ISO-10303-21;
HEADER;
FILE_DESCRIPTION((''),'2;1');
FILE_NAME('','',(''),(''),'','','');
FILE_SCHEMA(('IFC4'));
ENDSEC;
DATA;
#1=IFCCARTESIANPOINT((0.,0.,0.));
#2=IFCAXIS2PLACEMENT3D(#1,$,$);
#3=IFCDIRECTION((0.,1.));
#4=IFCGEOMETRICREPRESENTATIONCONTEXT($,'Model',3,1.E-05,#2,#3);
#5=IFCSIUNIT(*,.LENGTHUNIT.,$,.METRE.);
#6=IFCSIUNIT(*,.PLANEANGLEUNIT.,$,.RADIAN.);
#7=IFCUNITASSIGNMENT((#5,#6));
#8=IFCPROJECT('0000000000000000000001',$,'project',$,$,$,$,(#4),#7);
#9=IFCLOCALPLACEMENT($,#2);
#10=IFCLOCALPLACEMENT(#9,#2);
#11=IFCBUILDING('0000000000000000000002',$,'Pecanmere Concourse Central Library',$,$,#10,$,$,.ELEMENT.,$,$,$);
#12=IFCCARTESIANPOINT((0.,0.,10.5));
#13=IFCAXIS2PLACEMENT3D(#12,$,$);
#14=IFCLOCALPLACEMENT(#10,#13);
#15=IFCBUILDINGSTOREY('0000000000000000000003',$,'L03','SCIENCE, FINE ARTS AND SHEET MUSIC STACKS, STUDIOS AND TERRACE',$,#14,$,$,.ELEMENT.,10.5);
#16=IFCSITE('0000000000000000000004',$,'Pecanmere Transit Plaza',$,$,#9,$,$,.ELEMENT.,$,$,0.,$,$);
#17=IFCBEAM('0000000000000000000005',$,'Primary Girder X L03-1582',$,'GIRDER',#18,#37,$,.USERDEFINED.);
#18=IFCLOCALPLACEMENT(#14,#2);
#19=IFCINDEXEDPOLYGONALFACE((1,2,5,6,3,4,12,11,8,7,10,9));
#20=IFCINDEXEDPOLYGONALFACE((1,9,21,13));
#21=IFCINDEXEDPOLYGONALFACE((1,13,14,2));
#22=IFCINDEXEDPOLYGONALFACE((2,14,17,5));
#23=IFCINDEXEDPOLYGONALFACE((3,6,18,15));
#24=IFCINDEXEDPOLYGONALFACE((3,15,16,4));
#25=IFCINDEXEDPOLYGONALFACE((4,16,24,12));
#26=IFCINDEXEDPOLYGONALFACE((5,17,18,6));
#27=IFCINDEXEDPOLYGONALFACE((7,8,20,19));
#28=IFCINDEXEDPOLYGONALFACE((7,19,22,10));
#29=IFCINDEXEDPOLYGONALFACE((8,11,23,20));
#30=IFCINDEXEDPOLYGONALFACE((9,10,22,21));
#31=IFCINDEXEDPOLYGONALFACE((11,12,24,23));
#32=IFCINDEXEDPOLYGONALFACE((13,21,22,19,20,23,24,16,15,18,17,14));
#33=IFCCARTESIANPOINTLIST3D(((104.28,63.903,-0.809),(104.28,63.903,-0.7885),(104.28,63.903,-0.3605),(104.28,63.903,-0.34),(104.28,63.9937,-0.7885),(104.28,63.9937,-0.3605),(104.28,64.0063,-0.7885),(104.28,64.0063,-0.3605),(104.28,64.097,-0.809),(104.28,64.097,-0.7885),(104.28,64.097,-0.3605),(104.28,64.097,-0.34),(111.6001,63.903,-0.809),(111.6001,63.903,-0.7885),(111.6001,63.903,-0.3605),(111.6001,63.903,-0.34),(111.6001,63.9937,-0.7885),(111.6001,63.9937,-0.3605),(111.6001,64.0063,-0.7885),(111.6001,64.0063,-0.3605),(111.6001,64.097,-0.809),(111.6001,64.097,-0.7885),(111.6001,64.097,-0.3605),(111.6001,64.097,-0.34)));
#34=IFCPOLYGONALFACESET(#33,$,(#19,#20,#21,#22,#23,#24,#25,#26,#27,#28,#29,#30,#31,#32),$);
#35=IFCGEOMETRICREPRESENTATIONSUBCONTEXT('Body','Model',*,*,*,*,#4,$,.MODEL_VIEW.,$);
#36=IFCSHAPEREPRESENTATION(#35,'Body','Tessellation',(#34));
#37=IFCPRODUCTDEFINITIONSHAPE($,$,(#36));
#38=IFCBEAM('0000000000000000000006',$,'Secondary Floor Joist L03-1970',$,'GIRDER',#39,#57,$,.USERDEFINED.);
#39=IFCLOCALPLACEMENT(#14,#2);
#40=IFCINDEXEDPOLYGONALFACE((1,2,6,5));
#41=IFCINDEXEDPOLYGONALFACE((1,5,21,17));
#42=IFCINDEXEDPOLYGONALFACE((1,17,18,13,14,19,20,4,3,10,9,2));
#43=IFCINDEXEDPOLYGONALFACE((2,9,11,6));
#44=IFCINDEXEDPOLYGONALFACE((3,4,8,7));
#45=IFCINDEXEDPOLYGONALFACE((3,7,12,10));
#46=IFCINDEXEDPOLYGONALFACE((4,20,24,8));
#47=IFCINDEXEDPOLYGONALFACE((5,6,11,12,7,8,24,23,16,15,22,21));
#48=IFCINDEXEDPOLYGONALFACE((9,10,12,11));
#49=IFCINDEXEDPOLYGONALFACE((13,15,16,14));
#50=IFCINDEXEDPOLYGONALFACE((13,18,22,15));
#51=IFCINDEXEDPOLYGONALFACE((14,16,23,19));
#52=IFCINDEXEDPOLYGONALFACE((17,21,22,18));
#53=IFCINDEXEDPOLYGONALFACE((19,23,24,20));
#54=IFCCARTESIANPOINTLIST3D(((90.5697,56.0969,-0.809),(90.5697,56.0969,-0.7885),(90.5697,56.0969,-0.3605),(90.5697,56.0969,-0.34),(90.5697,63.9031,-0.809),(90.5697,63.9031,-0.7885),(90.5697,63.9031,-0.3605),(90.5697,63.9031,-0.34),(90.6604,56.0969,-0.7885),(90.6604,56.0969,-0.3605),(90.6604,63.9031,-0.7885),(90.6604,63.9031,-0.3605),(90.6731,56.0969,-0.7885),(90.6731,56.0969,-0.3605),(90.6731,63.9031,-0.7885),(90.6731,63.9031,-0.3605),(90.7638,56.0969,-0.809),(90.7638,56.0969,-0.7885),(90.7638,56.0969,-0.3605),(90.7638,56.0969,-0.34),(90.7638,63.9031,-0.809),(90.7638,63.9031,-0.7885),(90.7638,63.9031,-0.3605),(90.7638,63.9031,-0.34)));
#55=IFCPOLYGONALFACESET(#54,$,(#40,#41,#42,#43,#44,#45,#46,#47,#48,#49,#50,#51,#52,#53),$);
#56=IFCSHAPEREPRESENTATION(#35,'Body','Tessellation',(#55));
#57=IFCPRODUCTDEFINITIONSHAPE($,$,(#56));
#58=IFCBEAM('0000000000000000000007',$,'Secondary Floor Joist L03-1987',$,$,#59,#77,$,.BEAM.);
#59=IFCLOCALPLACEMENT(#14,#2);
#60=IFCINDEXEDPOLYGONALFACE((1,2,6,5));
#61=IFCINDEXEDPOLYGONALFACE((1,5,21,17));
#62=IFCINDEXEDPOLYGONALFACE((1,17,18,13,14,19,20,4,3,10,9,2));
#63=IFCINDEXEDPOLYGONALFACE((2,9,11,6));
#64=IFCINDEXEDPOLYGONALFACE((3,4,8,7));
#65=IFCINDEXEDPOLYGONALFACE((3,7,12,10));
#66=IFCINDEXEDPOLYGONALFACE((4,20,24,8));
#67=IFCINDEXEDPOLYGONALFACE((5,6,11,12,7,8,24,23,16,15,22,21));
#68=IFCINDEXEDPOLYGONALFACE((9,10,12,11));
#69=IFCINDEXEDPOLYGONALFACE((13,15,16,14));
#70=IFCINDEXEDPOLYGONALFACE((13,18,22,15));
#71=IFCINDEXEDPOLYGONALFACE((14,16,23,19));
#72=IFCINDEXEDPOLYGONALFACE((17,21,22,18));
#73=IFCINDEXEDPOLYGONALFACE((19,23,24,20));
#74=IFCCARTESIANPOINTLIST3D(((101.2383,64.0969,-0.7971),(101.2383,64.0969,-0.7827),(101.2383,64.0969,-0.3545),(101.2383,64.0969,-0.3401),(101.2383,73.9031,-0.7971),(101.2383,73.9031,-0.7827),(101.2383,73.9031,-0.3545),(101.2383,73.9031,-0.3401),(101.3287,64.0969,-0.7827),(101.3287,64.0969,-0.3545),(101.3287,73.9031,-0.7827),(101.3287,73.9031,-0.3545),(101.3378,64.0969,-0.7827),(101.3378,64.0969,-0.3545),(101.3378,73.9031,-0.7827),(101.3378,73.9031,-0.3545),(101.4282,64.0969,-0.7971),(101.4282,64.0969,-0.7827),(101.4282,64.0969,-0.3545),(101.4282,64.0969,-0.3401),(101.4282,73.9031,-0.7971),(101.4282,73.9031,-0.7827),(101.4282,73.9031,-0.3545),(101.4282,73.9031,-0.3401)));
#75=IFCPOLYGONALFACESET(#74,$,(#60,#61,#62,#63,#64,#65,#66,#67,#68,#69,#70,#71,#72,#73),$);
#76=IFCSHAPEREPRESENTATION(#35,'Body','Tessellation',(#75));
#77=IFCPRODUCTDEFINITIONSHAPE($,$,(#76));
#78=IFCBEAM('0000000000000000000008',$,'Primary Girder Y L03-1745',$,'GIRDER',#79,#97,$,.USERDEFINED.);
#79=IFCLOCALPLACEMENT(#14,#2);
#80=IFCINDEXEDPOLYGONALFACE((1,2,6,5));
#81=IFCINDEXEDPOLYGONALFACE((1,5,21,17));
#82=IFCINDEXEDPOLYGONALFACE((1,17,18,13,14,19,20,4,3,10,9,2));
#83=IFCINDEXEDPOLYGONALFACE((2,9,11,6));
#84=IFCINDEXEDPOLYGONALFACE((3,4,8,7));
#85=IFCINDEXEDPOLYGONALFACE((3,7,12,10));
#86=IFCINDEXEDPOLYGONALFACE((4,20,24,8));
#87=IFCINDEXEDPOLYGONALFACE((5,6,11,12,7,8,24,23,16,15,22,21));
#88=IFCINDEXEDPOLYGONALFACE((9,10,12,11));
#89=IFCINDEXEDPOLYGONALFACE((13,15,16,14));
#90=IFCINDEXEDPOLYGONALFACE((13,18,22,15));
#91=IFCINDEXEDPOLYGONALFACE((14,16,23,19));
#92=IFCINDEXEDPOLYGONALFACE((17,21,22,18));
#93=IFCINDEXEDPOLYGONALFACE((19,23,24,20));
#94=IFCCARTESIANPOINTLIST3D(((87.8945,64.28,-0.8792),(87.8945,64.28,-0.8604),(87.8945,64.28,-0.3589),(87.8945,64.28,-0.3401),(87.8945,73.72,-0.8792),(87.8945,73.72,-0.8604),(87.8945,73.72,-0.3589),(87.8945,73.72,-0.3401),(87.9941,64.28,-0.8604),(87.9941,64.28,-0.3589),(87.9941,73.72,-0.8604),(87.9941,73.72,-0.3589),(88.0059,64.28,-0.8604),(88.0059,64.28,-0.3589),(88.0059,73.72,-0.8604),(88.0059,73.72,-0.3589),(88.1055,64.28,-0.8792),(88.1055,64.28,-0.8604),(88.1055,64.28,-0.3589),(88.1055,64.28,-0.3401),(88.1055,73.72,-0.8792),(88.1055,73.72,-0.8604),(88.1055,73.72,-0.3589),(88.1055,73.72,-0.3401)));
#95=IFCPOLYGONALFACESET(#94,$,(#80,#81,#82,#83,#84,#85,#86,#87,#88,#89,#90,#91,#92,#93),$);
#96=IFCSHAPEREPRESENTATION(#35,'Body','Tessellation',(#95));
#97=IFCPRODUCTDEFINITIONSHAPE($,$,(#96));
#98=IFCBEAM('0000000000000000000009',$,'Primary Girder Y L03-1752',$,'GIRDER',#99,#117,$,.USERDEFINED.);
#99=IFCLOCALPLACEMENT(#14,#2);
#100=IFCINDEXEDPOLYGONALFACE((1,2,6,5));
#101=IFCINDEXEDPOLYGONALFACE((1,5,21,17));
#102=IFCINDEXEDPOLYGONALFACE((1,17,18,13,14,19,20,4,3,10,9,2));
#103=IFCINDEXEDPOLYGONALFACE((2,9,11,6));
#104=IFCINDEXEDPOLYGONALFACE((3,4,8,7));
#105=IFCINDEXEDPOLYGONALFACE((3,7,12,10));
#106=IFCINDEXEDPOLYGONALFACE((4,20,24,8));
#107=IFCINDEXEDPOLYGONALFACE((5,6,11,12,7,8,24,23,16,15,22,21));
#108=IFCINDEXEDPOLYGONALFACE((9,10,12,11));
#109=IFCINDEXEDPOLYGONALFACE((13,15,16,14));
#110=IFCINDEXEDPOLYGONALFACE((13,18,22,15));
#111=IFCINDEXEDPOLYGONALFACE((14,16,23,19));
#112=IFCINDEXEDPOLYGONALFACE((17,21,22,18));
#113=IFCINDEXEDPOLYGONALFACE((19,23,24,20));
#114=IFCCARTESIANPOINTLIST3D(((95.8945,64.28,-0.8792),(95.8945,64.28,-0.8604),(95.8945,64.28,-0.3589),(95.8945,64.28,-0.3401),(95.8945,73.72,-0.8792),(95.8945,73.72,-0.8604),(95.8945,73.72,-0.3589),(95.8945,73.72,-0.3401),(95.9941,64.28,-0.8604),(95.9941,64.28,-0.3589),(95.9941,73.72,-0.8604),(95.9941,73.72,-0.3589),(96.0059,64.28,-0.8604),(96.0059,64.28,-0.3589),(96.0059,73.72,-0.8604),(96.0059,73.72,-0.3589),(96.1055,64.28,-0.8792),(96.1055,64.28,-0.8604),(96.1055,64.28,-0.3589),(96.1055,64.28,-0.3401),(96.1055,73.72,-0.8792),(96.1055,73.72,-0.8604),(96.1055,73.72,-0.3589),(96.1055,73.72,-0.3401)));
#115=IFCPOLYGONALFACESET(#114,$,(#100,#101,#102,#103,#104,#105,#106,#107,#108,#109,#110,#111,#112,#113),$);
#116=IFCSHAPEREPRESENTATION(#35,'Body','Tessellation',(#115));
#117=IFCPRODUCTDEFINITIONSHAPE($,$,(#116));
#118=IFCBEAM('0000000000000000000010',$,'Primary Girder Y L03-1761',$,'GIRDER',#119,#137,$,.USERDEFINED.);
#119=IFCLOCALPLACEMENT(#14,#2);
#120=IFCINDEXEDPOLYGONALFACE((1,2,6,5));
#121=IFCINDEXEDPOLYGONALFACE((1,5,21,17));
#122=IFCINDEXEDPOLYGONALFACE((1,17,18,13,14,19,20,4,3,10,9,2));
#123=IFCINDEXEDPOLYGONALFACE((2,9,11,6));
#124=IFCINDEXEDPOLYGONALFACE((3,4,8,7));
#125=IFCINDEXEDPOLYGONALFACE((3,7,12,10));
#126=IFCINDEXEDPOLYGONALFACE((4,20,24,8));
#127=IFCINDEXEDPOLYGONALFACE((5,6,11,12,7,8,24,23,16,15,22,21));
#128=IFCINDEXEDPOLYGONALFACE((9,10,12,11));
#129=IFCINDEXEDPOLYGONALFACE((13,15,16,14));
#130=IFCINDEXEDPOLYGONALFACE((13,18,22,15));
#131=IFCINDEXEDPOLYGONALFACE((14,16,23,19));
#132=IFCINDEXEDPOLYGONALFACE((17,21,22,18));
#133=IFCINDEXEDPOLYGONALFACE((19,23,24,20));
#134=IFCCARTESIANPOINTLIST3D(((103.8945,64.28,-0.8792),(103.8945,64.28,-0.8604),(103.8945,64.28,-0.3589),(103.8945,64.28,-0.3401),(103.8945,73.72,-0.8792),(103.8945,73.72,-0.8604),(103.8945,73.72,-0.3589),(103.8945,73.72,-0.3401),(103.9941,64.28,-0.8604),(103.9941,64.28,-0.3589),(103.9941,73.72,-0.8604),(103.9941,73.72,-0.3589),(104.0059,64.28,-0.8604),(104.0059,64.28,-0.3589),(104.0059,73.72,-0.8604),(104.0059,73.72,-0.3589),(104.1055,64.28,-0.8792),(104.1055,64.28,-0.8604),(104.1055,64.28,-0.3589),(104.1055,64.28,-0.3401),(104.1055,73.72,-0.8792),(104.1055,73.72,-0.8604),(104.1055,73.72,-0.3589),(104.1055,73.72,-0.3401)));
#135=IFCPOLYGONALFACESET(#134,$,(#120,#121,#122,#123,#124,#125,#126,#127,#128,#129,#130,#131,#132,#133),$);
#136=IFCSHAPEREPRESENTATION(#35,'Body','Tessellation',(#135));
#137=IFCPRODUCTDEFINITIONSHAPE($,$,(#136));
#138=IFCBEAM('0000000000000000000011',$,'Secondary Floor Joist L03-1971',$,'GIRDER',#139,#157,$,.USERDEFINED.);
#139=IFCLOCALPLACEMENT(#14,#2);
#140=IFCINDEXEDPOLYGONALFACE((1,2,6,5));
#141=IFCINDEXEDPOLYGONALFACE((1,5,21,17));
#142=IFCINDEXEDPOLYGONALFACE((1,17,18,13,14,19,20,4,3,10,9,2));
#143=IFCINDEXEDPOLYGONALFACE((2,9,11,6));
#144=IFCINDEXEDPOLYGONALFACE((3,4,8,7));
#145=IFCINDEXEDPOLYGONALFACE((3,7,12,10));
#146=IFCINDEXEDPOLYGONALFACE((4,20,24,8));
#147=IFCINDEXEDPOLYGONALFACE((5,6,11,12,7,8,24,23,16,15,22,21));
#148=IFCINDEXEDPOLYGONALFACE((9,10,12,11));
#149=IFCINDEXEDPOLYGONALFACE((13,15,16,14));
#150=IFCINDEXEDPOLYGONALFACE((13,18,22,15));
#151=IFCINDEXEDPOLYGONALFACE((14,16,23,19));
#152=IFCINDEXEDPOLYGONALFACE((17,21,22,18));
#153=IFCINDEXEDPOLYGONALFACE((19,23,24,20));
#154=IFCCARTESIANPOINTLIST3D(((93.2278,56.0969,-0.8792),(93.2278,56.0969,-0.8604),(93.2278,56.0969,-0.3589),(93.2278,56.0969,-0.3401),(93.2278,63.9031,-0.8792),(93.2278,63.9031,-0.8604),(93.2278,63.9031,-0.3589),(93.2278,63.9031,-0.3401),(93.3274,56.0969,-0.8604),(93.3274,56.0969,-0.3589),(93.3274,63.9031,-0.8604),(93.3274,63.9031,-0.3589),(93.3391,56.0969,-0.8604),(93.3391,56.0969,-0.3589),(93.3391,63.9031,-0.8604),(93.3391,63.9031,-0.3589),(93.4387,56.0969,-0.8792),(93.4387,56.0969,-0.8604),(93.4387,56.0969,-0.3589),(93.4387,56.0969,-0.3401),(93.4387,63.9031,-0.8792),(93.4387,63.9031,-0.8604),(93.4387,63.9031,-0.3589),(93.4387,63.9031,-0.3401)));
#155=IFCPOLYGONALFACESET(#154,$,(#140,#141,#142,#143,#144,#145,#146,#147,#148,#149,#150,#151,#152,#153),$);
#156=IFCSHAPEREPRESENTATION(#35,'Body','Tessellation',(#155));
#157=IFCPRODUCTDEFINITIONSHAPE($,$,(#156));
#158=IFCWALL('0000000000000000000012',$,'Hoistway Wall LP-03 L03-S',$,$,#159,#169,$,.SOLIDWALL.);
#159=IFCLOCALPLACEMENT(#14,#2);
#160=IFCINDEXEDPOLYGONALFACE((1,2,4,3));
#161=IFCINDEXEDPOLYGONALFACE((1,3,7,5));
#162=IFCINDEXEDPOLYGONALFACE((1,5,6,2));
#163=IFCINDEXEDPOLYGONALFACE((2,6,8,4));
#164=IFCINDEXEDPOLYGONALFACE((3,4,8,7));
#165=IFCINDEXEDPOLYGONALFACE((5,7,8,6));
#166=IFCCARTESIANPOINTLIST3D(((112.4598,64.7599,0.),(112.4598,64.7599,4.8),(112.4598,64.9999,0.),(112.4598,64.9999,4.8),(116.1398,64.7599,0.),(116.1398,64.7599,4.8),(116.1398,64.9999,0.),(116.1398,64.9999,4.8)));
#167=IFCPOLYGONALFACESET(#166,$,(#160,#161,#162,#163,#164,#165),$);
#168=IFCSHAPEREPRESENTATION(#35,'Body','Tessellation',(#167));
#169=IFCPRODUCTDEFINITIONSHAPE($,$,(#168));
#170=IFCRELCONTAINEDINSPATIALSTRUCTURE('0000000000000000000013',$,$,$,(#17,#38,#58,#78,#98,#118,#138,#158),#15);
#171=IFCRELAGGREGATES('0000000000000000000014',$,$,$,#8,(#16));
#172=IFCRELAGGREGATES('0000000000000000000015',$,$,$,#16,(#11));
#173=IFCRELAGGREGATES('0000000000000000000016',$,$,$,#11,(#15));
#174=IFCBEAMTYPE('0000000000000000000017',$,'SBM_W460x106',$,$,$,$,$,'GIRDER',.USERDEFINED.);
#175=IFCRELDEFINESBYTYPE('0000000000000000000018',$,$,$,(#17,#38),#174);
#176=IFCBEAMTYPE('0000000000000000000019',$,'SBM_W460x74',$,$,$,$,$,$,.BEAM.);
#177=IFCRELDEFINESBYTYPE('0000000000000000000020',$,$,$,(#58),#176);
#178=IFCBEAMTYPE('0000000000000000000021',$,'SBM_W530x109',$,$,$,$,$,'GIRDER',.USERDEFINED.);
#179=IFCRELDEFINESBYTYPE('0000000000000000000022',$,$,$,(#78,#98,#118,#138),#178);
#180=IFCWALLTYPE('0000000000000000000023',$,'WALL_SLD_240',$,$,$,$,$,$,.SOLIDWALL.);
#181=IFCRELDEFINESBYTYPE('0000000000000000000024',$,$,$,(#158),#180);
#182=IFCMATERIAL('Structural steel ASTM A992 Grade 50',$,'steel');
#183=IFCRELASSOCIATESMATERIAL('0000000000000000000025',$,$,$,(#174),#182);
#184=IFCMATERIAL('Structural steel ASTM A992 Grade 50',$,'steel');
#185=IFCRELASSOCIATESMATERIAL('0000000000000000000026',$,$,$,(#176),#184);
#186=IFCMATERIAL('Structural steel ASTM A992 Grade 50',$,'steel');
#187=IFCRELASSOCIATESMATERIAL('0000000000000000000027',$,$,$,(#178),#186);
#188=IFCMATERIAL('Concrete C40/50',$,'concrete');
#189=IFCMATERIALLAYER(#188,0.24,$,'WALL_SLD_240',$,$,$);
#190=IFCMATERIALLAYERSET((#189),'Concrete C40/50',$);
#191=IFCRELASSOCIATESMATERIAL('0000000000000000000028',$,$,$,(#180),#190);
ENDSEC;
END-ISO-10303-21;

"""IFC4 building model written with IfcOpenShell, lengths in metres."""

from ifc_helpers import new_model, si_unit, direction, frame, frame_2d, origin, origin_2d, place, context, subcontext, project, spatial, rectangle, i_section, extrude, material, layer, layer_set, material_profile, profile_set, type_object, element, save


model = new_model("IFC4")

# Units and contexts
model_context = context("Model", 3, precision=1e-05, world=origin(), true_north=direction((0.0, 1.0)))
body_context = subcontext(model_context, "Body", "Model", "MODEL_VIEW")
ifc_project = project(units=[si_unit("LENGTHUNIT", "METRE"), si_unit("PLANEANGLEUNIT", "RADIAN")], contexts=[model_context])

# Site, building, storey
site_placement = place(None, origin())
site = spatial("IfcSite", under=ifc_project, at=site_placement, Name="Pecanmere Transit Plaza", CompositionType="ELEMENT", RefElevation=0.0)
building_placement = place(site_placement, origin())
building = spatial("IfcBuilding", under=site, at=building_placement, Name="Pecanmere Concourse Central Library", CompositionType="ELEMENT")
storey_placement = place(building_placement, frame((0.0, 0.0, 10.5)))
storey = spatial("IfcBuildingStorey", under=building, at=storey_placement, Name="L03", Description="SCIENCE, FINE ARTS AND SHEET MUSIC STACKS, STUDIOS AND TERRACE", CompositionType="ELEMENT", Elevation=10.5)

# Beams
ifc_material_1 = material(Name="Structural steel ASTM A992 Grade 50", Category="steel")
ifc_material_profile_1 = material_profile(ifc_material_1, i_section(OverallWidth=0.1941, OverallDepth=0.469, WebThickness=0.0127, FlangeThickness=0.0205, at=origin_2d()), Name="W460x106")
ifc_profile_set_1 = profile_set([ifc_material_profile_1], Name="Structural steel ASTM A992 Grade 50")
beam_type_1 = type_object("IfcBeamType", Name="SBM_W460x106", ElementType="GIRDER", PredefinedType="USERDEFINED", material=ifc_profile_set_1)
beam_1_placement = place(storey_placement, frame((104.28, 64.0, -0.5745), z_axis=(1.0, 0.0, 0.0), x_axis=(0.0, 1.0, 0.0)))
element("IfcBeam", 1, at=beam_1_placement, inside=storey, type_object=beam_type_1, Name="Primary Girder X L03-1582", ObjectType="GIRDER", PredefinedType="USERDEFINED", context=body_context, shape_type="SweptSolid", body=[
    extrude(i_section(OverallWidth=0.1941, OverallDepth=0.469, WebThickness=0.0127, FlangeThickness=0.0205, at=origin_2d()), origin(), (0.0, 0.0, 1.0), 7.3201),
])
beam_2_placement = place(storey_placement, frame((90.6667, 56.0969, -0.5745), z_axis=(0.0, 1.0, 0.0), x_axis=(-1.0, 0.0, 0.0)))
element("IfcBeam", 2, at=beam_2_placement, inside=storey, type_object=beam_type_1, Name="Secondary Floor Joist L03-1970", ObjectType="GIRDER", PredefinedType="USERDEFINED", context=body_context, shape_type="SweptSolid", body=[
    extrude(i_section(OverallWidth=0.1941, OverallDepth=0.469, WebThickness=0.0127, FlangeThickness=0.0205, at=origin_2d()), origin(), (0.0, 0.0, 1.0), 7.8062),
])
ifc_material_2 = material(Name="Structural steel ASTM A992 Grade 50", Category="steel")
ifc_material_profile_2 = material_profile(ifc_material_2, i_section(OverallWidth=0.1899, OverallDepth=0.457, WebThickness=0.009, FlangeThickness=0.0144, at=origin_2d()), Name="W460x74")
ifc_profile_set_2 = profile_set([ifc_material_profile_2], Name="Structural steel ASTM A992 Grade 50")
beam_type_2 = type_object("IfcBeamType", Name="SBM_W460x74", PredefinedType="BEAM", material=ifc_profile_set_2)
beam_3_placement = place(storey_placement, frame((101.3333, 64.0969, -0.5686), z_axis=(0.0, 1.0, 0.0), x_axis=(-1.0, 0.0, 0.0)))
element("IfcBeam", 3, at=beam_3_placement, inside=storey, type_object=beam_type_2, Name="Secondary Floor Joist L03-1987", PredefinedType="BEAM", context=body_context, shape_type="SweptSolid", body=[
    extrude(i_section(OverallWidth=0.1899, OverallDepth=0.457, WebThickness=0.009, FlangeThickness=0.0144, at=origin_2d()), origin(), (0.0, 0.0, 1.0), 9.8062),
])
ifc_material_3 = material(Name="Structural steel ASTM A992 Grade 50", Category="steel")
ifc_material_profile_3 = material_profile(ifc_material_3, i_section(OverallWidth=0.2109, OverallDepth=0.5391, WebThickness=0.0117, FlangeThickness=0.0188, at=origin_2d()), Name="W530x109")
ifc_profile_set_3 = profile_set([ifc_material_profile_3], Name="Structural steel ASTM A992 Grade 50")
beam_type_3 = type_object("IfcBeamType", Name="SBM_W530x109", ElementType="GIRDER", PredefinedType="USERDEFINED", material=ifc_profile_set_3)
for number, where, z_axis, x_axis, name in (
    (4, (88.0, 64.28, -0.6096), (0.0, 1.0, 0.0), (-1.0, 0.0, 0.0), "Primary Girder Y L03-1745"),
    (5, (96.0, 64.28, -0.6096), (0.0, 1.0, 0.0), (-1.0, 0.0, 0.0), "Primary Girder Y L03-1752"),
    (6, (104.0, 64.28, -0.6096), (0.0, 1.0, 0.0), (-1.0, 0.0, 0.0), "Primary Girder Y L03-1761"),
):
    element("IfcBeam", number, at=place(storey_placement, frame(where, z_axis=z_axis, x_axis=x_axis)), inside=storey, type_object=beam_type_3, Name=name, ObjectType="GIRDER", PredefinedType="USERDEFINED", context=body_context, shape_type="SweptSolid", body=[
        extrude(i_section(OverallWidth=0.2109, OverallDepth=0.5391, WebThickness=0.0117, FlangeThickness=0.0188, at=origin_2d()), origin(), (0.0, 0.0, 1.0), 9.4399),
    ])
beam_4_placement = place(storey_placement, frame((93.3333, 56.0969, -0.6096), z_axis=(0.0, 1.0, 0.0), x_axis=(-1.0, 0.0, 0.0)))
element("IfcBeam", 7, at=beam_4_placement, inside=storey, type_object=beam_type_3, Name="Secondary Floor Joist L03-1971", ObjectType="GIRDER", PredefinedType="USERDEFINED", context=body_context, shape_type="SweptSolid", body=[
    extrude(i_section(OverallWidth=0.2109, OverallDepth=0.5391, WebThickness=0.0117, FlangeThickness=0.0188, at=origin_2d()), origin(), (0.0, 0.0, 1.0), 7.8062),
])

# Wall
ifc_material_4 = material(Name="Concrete C40/50", Category="concrete")
ifc_layer_1 = layer(ifc_material_4, 0.24, Name="WALL_SLD_240")
ifc_layer_set_1 = layer_set([ifc_layer_1], Name="Concrete C40/50")
wall_type_1 = type_object("IfcWallType", Name="WALL_SLD_240", PredefinedType="SOLIDWALL", material=ifc_layer_set_1)
wall_1_placement = place(storey_placement, frame((112.46, 64.8799, 0.0), z_axis=(0.0, 0.0, 1.0), x_axis=(1.0, 0.0, 0.0)))
element("IfcWall", 8, at=wall_1_placement, inside=storey, type_object=wall_type_1, Name="Hoistway Wall LP-03 L03-S", PredefinedType="SOLIDWALL", context=body_context, shape_type="SweptSolid", body=[
    extrude(rectangle(XDim=3.6799, YDim=0.24, at=frame_2d((1.8398, 0.0))), origin(), (0.0, 0.0, 1.0), 4.8),
])

save(model, "model.ifc")
